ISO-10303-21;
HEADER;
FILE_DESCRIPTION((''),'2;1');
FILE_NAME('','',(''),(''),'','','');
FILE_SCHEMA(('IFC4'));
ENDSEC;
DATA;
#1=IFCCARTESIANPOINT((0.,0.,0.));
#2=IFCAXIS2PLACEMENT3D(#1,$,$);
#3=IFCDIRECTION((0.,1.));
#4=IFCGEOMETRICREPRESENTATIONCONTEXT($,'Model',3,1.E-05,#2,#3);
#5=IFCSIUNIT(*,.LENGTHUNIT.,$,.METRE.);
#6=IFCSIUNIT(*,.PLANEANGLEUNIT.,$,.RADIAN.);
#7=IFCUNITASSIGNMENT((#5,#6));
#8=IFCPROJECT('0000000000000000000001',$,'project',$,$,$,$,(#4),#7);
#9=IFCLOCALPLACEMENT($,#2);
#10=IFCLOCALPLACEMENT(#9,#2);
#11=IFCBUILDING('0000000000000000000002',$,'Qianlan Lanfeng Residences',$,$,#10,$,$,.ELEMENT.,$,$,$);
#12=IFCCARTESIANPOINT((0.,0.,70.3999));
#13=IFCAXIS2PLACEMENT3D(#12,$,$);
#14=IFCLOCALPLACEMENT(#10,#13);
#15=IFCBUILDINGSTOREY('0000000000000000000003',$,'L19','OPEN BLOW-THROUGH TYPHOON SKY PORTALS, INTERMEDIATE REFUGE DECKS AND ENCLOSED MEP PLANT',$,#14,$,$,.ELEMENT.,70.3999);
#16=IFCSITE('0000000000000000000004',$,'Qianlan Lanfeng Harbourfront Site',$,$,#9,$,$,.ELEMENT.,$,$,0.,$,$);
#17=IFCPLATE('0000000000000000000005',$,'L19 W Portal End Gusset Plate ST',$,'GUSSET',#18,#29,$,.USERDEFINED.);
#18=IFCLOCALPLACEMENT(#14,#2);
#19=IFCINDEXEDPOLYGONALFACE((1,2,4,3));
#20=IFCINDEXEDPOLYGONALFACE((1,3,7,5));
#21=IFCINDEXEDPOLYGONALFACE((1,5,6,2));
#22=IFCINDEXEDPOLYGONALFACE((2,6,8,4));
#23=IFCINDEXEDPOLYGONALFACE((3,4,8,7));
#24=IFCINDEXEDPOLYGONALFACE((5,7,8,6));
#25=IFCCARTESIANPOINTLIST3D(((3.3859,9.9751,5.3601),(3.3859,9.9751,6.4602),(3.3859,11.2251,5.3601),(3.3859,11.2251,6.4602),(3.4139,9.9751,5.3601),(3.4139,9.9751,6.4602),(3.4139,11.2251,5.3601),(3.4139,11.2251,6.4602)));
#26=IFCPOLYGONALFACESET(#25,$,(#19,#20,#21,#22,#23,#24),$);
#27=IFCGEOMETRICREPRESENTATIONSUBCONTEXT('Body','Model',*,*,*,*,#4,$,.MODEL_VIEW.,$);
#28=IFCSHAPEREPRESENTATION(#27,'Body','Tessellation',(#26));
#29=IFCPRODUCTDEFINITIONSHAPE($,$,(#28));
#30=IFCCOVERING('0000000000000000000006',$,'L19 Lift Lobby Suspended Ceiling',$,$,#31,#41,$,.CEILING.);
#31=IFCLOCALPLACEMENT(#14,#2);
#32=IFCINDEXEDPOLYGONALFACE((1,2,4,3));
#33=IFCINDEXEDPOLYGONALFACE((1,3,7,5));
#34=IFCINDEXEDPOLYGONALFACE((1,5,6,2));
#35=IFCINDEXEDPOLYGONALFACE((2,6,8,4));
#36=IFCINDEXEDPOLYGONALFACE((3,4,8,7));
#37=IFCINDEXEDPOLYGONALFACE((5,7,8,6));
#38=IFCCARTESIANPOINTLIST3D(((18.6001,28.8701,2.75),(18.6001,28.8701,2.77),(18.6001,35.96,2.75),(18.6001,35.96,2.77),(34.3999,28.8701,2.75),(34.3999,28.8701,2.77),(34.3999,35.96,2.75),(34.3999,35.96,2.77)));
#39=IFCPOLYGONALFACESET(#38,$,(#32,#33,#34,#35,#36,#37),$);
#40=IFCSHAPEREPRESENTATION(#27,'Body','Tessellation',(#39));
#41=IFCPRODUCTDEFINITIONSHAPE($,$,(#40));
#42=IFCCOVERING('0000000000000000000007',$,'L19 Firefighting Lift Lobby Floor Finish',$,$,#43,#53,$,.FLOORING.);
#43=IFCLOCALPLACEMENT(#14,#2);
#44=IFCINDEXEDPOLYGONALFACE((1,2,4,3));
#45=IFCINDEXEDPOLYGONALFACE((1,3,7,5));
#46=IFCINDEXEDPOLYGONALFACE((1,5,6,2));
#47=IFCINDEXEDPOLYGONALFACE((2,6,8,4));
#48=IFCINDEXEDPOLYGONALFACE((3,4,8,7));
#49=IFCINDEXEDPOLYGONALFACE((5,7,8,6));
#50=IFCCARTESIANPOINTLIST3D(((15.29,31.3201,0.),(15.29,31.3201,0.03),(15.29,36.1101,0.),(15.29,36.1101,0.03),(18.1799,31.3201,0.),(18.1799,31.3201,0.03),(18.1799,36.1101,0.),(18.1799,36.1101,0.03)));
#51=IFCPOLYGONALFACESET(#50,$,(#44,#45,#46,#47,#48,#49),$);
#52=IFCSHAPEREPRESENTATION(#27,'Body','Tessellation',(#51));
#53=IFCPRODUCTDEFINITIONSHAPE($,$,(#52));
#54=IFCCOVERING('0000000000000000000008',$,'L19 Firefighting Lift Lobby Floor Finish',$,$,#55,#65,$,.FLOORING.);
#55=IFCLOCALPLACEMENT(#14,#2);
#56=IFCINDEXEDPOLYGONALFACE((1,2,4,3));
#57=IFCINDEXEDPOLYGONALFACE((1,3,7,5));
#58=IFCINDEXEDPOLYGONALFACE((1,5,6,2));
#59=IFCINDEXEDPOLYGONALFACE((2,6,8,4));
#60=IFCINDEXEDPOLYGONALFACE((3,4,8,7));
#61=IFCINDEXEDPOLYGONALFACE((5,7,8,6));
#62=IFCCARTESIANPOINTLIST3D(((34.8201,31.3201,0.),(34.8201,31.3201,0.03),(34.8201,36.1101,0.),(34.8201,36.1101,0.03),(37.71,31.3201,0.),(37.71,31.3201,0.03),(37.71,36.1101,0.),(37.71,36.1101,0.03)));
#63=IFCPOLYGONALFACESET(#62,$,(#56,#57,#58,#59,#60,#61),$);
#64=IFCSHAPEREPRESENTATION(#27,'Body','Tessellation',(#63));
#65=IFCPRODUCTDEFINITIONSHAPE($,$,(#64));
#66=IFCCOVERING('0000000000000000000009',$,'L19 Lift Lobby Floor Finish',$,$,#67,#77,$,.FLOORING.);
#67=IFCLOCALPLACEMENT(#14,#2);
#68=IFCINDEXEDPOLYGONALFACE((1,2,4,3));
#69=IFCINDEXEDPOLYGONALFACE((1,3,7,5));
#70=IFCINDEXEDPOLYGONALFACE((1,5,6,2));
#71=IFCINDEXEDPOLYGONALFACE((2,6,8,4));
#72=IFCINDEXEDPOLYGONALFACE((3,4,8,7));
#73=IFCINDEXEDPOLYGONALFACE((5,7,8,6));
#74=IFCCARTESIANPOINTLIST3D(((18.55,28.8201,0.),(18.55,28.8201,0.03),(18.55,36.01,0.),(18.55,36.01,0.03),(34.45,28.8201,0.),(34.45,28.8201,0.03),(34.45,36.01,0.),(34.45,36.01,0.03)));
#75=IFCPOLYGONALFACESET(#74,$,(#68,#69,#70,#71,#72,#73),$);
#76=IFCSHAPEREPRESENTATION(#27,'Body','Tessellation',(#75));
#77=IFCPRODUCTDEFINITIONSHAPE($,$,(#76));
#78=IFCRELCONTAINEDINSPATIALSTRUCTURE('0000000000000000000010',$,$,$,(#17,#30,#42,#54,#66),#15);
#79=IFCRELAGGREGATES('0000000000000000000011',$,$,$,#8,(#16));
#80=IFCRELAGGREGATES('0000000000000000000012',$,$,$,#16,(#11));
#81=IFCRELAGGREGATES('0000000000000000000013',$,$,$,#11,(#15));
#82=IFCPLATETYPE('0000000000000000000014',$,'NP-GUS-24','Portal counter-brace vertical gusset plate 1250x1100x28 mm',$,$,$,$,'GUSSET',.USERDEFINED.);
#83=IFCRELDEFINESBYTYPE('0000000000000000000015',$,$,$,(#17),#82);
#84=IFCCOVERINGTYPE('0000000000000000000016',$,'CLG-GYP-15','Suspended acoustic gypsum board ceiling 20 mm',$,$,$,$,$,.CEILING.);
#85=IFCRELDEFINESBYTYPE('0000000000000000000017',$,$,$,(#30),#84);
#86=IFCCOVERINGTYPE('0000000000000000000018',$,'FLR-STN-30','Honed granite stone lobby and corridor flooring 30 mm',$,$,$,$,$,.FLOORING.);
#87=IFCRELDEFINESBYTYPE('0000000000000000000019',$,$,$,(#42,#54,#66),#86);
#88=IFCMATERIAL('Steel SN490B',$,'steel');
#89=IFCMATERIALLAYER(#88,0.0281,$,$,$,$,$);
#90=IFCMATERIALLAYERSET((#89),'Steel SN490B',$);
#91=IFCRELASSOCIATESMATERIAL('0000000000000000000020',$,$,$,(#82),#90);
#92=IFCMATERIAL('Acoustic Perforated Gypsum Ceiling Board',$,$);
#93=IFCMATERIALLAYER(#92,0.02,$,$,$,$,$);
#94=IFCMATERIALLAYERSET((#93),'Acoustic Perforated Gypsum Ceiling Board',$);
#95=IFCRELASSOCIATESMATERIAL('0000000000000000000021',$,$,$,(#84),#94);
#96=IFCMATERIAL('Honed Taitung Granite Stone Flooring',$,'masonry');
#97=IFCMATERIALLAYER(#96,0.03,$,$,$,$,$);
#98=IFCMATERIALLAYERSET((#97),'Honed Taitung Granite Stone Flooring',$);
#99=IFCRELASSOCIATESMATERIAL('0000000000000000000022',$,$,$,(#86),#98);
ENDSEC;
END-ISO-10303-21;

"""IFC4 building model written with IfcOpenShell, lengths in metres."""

from ifc_helpers import new_model, si_unit, direction, frame, origin, origin_2d, place, context, subcontext, project, spatial, polyline, rectangle, outline, extrude, source, transform, mapped, material, layer, layer_set, type_object, element, save


model = new_model("IFC4")

# Units and contexts
model_context = context("Model", 3, precision=1e-05, world=origin(), true_north=direction((0.0, 1.0)))
body_context = subcontext(model_context, "Body", "Model", "MODEL_VIEW")
ifc_project = project(units=[si_unit("LENGTHUNIT", "METRE"), si_unit("PLANEANGLEUNIT", "RADIAN")], contexts=[model_context])

# Site, building, storey
site_placement = place(None, origin())
site = spatial("IfcSite", under=ifc_project, at=site_placement, Name="Qianlan Lanfeng Harbourfront Site", CompositionType="ELEMENT", RefElevation=0.0)
building_placement = place(site_placement, origin())
building = spatial("IfcBuilding", under=site, at=building_placement, Name="Qianlan Lanfeng Residences", CompositionType="ELEMENT")
storey_placement = place(building_placement, frame((0.0, 0.0, 70.3999)))
storey = spatial("IfcBuildingStorey", under=building, at=storey_placement, Name="L19", Description="OPEN BLOW-THROUGH TYPHOON SKY PORTALS, INTERMEDIATE REFUGE DECKS AND ENCLOSED MEP PLANT", CompositionType="ELEMENT", Elevation=70.3999)

# Shared definitions
ifc_material_1 = material(Name="Steel SN490B", Category="steel")

# Plate
ifc_layer_1 = layer(ifc_material_1, 0.0281)
ifc_layer_set_1 = layer_set([ifc_layer_1], Name="Steel SN490B")
plate_type_1 = type_object("IfcPlateType", Name="NP-GUS-24", Description="Portal counter-brace vertical gusset plate 1250x1100x28 mm", ElementType="GUSSET", PredefinedType="USERDEFINED", material=ifc_layer_set_1)
shared_shape_1 = source(origin(), body_context, "Body", "SweptSolid", [
    extrude(rectangle(XDim=0.0281, YDim=1.25, at=origin_2d()), origin(), (0.0, 0.0, 1.0), 1.1001),
])
for number, where, z_axis, x_axis, name in (
    (1, (3.3999, 10.6001, 5.3601), (0.0, 0.0, 1.0), (1.0, 0.0, 0.0), "L19 W Portal End Gusset Plate ST"),
):
    element("IfcPlate", number, at=place(storey_placement, frame(where, z_axis=z_axis, x_axis=x_axis)), inside=storey, type_object=plate_type_1, Name=name, ObjectType="GUSSET", PredefinedType="USERDEFINED", context=body_context, shape_type="MappedRepresentation", body=[
        mapped(shared_shape_1, transform((0.0, 0.0, 0.0), scale=1.0)),
    ])

# Coverings
ifc_material_2 = material(Name="Acoustic Perforated Gypsum Ceiling Board")
ifc_layer_2 = layer(ifc_material_2, 0.02)
ifc_layer_set_2 = layer_set([ifc_layer_2], Name="Acoustic Perforated Gypsum Ceiling Board")
covering_type_1 = type_object("IfcCoveringType", Name="CLG-GYP-15", Description="Suspended acoustic gypsum board ceiling 20 mm", PredefinedType="CEILING", material=ifc_layer_set_2)
covering_1_placement = place(storey_placement, frame((0.0, 0.0, 2.75)))
element("IfcCovering", 2, at=covering_1_placement, inside=storey, type_object=covering_type_1, Name="L19 Lift Lobby Suspended Ceiling", PredefinedType="CEILING", context=body_context, shape_type="SweptSolid", body=[
    extrude(outline(polyline([(18.6001, 28.8701), (34.3999, 28.8701), (34.3999, 35.96), (18.6001, 35.96), (18.6001, 28.8701)])), origin(), (0.0, 0.0, 1.0), 0.02),
])
ifc_material_3 = material(Name="Honed Taitung Granite Stone Flooring", Category="masonry")
ifc_layer_3 = layer(ifc_material_3, 0.03)
ifc_layer_set_3 = layer_set([ifc_layer_3], Name="Honed Taitung Granite Stone Flooring")
covering_type_2 = type_object("IfcCoveringType", Name="FLR-STN-30", Description="Honed granite stone lobby and corridor flooring 30 mm", PredefinedType="FLOORING", material=ifc_layer_set_3)
covering_2_placement = place(storey_placement, origin())
element("IfcCovering", 3, at=covering_2_placement, inside=storey, type_object=covering_type_2, Name="L19 Firefighting Lift Lobby Floor Finish", PredefinedType="FLOORING", context=body_context, shape_type="SweptSolid", body=[
    extrude(outline(polyline([(15.29, 31.3201), (18.1799, 31.3201), (18.1799, 36.1101), (15.29, 36.1101), (15.29, 31.3201)])), origin(), (0.0, 0.0, 1.0), 0.03),
])
covering_3_placement = place(storey_placement, origin())
element("IfcCovering", 4, at=covering_3_placement, inside=storey, type_object=covering_type_2, Name="L19 Firefighting Lift Lobby Floor Finish", PredefinedType="FLOORING", context=body_context, shape_type="SweptSolid", body=[
    extrude(outline(polyline([(34.8201, 31.3201), (37.71, 31.3201), (37.71, 36.1101), (34.8201, 36.1101), (34.8201, 31.3201)])), origin(), (0.0, 0.0, 1.0), 0.03),
])
covering_4_placement = place(storey_placement, origin())
element("IfcCovering", 5, at=covering_4_placement, inside=storey, type_object=covering_type_2, Name="L19 Lift Lobby Floor Finish", PredefinedType="FLOORING", context=body_context, shape_type="SweptSolid", body=[
    extrude(outline(polyline([(18.55, 28.8201), (34.45, 28.8201), (34.45, 36.01), (18.55, 36.01), (18.55, 28.8201)])), origin(), (0.0, 0.0, 1.0), 0.03),
])

save(model, "model.ifc")
